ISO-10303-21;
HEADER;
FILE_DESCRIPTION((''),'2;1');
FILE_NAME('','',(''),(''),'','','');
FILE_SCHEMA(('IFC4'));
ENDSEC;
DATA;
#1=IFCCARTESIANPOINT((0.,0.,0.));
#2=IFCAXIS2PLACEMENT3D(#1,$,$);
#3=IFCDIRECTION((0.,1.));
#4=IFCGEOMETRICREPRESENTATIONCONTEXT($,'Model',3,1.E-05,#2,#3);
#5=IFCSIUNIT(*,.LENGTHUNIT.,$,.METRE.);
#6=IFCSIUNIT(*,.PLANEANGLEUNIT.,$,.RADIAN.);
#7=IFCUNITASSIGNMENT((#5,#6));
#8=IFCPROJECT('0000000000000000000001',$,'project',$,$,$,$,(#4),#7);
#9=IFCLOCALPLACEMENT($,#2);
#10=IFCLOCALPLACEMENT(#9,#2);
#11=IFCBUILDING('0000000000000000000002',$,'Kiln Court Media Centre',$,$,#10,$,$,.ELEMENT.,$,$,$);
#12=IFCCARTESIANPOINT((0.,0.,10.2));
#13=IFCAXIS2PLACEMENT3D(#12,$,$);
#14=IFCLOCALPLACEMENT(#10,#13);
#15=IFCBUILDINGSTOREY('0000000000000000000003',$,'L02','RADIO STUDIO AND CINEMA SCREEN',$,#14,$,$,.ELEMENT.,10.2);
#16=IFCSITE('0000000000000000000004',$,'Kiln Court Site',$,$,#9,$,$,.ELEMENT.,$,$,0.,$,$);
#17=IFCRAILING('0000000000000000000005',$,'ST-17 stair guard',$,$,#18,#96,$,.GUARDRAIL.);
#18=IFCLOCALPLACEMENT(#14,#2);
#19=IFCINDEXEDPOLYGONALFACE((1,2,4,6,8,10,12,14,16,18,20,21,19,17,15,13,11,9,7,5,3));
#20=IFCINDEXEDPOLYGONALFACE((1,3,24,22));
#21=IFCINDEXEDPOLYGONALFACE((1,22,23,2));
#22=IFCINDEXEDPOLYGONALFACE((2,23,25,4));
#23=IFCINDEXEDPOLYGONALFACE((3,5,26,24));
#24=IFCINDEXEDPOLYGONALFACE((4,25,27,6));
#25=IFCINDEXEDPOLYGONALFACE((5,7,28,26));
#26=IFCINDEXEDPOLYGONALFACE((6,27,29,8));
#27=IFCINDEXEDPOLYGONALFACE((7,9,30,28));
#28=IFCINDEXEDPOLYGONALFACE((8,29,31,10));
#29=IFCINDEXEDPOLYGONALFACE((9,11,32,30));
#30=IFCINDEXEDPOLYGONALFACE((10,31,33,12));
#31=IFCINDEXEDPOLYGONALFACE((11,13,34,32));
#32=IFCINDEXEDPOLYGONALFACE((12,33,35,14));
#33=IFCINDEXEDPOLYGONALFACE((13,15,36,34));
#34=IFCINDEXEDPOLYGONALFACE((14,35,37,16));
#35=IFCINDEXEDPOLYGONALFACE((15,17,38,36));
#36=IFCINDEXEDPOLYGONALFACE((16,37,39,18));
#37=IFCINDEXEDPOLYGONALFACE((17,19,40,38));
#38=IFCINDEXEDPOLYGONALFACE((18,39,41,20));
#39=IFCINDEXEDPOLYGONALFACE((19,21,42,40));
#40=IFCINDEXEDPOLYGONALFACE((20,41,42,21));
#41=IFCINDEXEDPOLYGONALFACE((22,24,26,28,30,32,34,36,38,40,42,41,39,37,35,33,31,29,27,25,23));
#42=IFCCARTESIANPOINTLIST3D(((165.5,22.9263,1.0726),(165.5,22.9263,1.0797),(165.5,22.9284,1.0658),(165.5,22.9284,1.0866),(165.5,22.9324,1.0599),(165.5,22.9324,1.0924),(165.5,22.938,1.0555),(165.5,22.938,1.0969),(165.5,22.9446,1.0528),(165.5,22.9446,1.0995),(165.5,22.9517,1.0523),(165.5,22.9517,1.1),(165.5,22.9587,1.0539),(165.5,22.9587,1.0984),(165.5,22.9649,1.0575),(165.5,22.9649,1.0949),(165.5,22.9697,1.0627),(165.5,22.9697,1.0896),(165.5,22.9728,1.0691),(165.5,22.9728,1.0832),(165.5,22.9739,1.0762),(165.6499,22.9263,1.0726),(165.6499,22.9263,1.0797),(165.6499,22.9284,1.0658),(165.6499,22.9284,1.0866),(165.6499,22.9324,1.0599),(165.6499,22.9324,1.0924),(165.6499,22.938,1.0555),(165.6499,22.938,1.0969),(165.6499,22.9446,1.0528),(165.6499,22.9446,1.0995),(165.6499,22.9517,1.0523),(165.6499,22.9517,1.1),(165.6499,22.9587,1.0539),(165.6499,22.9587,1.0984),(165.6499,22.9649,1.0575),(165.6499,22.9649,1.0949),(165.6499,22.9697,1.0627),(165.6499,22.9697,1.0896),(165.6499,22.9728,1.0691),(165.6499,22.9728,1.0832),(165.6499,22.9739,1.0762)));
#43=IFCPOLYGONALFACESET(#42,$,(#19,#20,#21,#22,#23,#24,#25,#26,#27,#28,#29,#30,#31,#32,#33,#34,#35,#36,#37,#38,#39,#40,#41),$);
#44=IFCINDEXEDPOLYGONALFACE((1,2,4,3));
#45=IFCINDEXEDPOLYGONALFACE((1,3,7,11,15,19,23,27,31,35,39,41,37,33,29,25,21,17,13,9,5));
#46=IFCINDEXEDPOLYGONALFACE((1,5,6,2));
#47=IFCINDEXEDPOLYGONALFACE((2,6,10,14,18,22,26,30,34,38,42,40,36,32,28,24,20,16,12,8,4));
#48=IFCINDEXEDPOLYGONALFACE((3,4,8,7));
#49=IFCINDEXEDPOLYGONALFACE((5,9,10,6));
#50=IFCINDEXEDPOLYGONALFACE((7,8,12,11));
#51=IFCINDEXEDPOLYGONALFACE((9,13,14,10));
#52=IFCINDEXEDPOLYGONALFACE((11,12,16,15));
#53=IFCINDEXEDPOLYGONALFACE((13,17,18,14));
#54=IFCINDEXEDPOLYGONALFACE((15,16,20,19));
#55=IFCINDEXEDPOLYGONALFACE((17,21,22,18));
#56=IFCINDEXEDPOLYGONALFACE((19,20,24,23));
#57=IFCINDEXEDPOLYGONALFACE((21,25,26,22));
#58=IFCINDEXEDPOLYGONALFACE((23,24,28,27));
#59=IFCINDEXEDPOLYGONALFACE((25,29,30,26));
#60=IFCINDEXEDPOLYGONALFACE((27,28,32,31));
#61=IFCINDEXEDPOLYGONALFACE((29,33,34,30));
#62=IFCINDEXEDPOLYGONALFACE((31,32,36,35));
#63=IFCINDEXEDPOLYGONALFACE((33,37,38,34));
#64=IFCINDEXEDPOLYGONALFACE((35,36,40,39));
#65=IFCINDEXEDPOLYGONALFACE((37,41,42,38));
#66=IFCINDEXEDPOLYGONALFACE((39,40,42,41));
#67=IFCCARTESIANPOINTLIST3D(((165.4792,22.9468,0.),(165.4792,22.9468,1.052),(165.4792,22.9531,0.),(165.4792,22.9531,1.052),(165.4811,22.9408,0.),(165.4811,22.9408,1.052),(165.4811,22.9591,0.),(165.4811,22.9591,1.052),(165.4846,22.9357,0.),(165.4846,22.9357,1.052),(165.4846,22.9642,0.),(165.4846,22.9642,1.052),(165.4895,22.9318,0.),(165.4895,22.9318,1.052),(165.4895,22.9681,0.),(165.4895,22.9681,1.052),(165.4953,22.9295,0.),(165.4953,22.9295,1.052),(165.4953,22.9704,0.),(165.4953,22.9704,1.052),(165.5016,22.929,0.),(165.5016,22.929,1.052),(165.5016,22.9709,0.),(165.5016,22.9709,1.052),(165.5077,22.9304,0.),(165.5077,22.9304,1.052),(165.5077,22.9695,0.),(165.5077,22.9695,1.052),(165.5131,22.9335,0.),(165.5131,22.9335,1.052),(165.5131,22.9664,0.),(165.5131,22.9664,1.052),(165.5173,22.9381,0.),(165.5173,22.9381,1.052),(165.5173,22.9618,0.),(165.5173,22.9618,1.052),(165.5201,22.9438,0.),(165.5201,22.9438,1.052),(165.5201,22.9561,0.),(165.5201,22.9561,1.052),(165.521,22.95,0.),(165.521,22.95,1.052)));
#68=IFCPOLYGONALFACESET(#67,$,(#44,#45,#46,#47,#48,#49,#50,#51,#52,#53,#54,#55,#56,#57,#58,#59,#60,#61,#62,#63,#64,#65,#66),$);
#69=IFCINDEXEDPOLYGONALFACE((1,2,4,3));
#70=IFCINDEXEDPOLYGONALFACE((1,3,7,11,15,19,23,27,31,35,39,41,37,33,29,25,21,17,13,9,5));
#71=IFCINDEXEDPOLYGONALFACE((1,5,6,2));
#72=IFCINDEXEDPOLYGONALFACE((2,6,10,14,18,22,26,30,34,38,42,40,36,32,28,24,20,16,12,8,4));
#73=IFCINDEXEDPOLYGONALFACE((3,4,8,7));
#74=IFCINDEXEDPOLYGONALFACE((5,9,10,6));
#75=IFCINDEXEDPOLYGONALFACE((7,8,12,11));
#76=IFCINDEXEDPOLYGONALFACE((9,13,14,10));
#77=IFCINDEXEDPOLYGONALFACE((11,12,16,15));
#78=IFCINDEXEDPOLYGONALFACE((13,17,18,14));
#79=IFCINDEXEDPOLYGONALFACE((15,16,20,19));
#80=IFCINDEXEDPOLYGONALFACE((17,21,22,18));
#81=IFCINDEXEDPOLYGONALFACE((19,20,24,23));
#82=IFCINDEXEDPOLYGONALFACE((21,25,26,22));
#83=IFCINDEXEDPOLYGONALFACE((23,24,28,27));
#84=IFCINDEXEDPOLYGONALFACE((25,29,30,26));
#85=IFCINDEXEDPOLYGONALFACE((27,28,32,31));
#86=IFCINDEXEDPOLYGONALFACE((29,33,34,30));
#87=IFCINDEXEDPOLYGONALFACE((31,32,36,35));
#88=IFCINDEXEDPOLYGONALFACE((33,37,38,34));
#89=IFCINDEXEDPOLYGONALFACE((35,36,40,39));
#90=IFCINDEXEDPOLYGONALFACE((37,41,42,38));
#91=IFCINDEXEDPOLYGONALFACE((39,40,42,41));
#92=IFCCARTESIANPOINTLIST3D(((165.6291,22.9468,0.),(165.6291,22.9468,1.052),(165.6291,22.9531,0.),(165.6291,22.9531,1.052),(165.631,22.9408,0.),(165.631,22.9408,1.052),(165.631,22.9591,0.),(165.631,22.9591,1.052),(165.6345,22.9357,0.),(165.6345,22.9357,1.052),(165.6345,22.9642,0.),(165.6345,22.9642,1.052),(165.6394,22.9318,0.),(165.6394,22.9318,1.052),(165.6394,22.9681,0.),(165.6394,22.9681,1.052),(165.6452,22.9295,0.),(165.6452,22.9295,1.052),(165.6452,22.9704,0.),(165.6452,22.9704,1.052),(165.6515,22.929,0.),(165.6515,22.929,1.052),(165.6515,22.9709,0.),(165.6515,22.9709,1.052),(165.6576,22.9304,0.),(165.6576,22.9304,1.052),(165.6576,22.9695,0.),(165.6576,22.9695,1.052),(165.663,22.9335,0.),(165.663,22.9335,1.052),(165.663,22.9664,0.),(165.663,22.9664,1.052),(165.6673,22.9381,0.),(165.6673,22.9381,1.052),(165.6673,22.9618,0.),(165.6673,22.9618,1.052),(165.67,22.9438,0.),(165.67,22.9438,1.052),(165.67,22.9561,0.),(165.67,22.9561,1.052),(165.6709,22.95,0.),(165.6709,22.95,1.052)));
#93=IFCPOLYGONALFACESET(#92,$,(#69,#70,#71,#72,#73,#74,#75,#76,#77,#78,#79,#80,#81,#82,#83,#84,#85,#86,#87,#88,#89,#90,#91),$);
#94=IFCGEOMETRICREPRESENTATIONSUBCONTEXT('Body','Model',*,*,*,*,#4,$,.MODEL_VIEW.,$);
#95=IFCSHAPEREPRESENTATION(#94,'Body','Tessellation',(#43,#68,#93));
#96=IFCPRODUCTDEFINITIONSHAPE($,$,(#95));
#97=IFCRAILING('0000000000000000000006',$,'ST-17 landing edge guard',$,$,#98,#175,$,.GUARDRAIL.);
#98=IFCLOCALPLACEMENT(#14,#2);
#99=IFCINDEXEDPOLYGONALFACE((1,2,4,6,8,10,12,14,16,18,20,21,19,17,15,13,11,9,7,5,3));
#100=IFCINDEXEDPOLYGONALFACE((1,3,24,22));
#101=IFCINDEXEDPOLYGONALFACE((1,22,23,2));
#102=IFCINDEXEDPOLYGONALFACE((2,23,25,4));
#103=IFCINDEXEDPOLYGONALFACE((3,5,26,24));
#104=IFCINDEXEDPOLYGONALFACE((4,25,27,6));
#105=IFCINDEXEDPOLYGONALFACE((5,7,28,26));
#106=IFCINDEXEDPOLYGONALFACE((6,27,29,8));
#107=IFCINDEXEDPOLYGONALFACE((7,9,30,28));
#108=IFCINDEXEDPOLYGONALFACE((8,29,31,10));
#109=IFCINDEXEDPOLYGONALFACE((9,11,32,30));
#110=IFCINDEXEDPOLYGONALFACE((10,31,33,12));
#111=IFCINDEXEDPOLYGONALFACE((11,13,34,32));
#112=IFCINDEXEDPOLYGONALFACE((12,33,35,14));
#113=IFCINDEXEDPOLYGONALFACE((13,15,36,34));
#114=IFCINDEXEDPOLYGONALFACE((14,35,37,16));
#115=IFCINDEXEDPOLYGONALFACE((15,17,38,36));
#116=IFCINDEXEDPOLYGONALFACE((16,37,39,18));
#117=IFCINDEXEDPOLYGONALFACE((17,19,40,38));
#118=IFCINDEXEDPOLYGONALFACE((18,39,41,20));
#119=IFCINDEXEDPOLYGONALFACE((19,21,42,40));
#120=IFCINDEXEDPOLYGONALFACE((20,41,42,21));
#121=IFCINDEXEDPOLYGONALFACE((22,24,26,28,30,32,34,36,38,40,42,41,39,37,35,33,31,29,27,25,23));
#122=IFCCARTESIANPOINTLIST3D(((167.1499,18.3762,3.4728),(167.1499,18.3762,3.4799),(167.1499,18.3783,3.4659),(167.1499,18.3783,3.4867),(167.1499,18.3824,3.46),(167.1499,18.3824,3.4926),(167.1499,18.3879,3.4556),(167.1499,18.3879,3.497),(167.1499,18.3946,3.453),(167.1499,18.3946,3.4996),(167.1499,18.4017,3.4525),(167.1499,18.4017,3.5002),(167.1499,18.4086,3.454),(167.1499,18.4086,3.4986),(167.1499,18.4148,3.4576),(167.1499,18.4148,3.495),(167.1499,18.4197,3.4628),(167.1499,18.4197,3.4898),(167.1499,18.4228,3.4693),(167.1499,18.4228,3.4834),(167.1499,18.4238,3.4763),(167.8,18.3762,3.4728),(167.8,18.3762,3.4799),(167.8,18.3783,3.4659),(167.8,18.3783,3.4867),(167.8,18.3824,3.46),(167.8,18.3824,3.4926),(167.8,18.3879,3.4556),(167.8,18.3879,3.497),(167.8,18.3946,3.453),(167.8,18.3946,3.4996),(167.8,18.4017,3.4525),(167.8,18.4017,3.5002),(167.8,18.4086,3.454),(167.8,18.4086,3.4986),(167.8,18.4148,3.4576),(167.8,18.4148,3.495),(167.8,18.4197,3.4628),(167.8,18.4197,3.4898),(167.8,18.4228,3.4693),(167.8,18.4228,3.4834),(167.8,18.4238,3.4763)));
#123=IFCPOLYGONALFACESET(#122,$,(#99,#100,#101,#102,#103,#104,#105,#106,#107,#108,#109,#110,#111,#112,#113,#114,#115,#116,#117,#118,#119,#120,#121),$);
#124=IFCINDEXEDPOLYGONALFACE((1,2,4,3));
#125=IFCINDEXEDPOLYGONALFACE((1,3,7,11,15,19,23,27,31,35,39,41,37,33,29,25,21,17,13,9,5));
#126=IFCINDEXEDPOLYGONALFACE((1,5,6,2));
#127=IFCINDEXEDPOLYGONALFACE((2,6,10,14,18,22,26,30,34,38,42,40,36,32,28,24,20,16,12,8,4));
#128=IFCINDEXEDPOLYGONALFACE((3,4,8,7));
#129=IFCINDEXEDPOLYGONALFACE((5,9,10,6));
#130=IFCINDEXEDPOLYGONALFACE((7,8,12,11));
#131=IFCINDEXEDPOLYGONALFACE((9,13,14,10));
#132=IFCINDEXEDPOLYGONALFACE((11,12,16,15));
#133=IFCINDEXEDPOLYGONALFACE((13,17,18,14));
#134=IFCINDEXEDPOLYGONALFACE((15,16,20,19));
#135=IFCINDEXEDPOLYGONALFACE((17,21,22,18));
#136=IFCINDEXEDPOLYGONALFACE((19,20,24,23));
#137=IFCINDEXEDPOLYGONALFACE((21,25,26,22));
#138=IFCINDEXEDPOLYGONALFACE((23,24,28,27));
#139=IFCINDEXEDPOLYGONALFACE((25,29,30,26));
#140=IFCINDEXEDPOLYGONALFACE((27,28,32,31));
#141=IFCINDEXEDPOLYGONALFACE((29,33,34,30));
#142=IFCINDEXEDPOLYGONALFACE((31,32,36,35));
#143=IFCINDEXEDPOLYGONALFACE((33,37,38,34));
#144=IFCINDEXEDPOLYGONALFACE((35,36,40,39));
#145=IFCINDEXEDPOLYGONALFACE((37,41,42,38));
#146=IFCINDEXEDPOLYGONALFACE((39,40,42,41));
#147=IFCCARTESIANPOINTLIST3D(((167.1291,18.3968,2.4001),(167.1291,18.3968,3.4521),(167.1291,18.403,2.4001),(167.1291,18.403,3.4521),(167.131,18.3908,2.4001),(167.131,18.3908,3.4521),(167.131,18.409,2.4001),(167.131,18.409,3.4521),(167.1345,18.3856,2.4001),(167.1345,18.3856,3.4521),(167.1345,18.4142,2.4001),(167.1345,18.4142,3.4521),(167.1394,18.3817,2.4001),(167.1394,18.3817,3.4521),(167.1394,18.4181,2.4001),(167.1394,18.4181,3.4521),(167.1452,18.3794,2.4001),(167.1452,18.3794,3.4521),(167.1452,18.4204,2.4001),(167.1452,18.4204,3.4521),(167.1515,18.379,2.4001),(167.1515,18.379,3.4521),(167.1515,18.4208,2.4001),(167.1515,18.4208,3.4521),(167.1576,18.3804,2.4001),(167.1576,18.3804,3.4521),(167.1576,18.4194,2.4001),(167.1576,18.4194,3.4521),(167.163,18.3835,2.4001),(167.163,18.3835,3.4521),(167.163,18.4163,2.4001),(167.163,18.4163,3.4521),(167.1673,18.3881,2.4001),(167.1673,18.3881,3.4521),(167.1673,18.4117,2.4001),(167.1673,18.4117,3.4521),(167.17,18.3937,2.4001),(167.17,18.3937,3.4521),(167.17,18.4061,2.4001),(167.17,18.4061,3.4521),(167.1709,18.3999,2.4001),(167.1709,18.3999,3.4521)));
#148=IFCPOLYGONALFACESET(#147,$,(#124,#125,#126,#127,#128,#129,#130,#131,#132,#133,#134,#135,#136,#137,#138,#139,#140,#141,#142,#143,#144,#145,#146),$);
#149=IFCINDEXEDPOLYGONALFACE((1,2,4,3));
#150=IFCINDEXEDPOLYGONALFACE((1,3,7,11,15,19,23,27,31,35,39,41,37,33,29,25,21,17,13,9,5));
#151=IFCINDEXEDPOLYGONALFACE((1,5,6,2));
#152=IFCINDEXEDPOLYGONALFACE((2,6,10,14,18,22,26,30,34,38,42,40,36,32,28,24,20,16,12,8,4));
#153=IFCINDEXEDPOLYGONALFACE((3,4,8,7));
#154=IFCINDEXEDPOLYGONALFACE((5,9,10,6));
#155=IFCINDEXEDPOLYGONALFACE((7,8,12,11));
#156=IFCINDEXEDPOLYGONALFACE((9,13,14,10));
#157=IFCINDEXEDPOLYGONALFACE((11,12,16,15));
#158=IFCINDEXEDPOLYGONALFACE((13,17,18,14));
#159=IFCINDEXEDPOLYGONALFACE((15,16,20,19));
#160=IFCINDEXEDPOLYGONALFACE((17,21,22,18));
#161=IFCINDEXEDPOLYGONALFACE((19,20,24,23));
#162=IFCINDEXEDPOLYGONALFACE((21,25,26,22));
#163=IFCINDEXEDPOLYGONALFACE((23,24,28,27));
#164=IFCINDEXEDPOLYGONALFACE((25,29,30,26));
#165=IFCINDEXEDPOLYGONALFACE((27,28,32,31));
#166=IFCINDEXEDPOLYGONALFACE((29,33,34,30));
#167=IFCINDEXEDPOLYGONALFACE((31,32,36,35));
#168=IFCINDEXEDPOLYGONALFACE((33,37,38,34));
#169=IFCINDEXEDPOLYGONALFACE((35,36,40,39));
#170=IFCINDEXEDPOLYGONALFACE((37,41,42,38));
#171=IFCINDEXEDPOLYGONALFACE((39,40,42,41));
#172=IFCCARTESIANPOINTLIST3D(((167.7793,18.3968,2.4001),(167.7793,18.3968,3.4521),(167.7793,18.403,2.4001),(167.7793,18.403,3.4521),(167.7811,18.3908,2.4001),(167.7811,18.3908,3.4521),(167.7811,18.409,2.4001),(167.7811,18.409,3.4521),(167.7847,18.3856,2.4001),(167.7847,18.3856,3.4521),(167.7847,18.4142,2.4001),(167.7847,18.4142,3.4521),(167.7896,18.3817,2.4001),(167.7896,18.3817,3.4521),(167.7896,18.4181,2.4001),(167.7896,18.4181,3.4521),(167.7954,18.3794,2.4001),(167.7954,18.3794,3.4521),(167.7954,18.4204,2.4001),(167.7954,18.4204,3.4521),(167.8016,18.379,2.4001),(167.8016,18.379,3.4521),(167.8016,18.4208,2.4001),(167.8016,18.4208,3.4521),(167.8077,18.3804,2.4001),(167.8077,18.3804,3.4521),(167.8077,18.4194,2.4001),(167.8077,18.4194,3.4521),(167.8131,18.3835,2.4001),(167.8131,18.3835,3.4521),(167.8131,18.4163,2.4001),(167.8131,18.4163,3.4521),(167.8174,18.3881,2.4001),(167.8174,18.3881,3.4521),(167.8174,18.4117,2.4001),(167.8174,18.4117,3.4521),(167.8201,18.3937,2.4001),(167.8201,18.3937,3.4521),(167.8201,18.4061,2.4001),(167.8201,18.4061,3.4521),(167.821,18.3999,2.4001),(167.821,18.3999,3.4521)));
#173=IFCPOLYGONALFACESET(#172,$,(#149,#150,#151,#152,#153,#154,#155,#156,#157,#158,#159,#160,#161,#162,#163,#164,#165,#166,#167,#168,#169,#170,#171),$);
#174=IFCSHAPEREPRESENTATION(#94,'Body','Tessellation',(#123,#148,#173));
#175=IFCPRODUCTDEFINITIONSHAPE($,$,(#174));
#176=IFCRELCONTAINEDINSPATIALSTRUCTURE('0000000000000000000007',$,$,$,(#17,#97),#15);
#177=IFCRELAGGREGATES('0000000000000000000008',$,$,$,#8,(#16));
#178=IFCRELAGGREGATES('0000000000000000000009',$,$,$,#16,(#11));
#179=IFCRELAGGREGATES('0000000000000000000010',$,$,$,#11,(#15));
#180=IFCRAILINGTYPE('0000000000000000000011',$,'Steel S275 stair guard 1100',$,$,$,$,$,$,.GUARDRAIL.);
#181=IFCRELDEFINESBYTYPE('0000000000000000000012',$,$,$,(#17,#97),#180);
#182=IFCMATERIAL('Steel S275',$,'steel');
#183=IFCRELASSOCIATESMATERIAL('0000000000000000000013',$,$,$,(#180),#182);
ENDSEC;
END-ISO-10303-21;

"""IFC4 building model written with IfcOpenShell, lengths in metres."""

from ifc_helpers import new_model, si_unit, direction, frame, origin, origin_2d, place, context, subcontext, project, spatial, circle, extrude, material, type_object, element, save


model = new_model("IFC4")

# Units and contexts
model_context = context("Model", 3, precision=1e-05, world=origin(), true_north=direction((0.0, 1.0)))
body_context = subcontext(model_context, "Body", "Model", "MODEL_VIEW")
ifc_project = project(units=[si_unit("LENGTHUNIT", "METRE"), si_unit("PLANEANGLEUNIT", "RADIAN")], contexts=[model_context])

# Site, building, storey
site_placement = place(None, origin())
site = spatial("IfcSite", under=ifc_project, at=site_placement, Name="Kiln Court Site", CompositionType="ELEMENT", RefElevation=0.0)
building_placement = place(site_placement, origin())
building = spatial("IfcBuilding", under=site, at=building_placement, Name="Kiln Court Media Centre", CompositionType="ELEMENT")
storey_placement = place(building_placement, frame((0.0, 0.0, 10.2)))
storey = spatial("IfcBuildingStorey", under=building, at=storey_placement, Name="L02", Description="RADIO STUDIO AND CINEMA SCREEN", CompositionType="ELEMENT", Elevation=10.2)

# Railings
ifc_material_1 = material(Name="Steel S275", Category="steel")
railing_type_1 = type_object("IfcRailingType", Name="Steel S275 stair guard 1100", PredefinedType="GUARDRAIL", material=ifc_material_1)
railing_1_placement = place(storey_placement, frame((165.5, 22.95, 0.0)))
element("IfcRailing", 1, at=railing_1_placement, inside=storey, type_object=railing_type_1, Name="ST-17 stair guard", PredefinedType="GUARDRAIL", context=body_context, shape_type="SweptSolid", body=[
    extrude(circle(Radius=0.0239, at=origin_2d()), frame((0.0, 0.0, 1.0762), z_axis=(1.0, 0.0, 0.0), x_axis=(0.0, 1.0, 0.0)), (0.0, 0.0, 1.0), 0.1499),
    extrude(circle(Radius=0.021, at=origin_2d()), origin(), (0.0, 0.0, 1.0), 1.052),
    extrude(circle(Radius=0.021, at=origin_2d()), frame((0.1499, 0.0, 0.0)), (0.0, 0.0, 1.0), 1.052),
])
for number, where, name in (
    (2, (167.1499, 18.3999, 2.4001), "ST-17 landing edge guard"),
):
    element("IfcRailing", number, at=place(storey_placement, frame(where)), inside=storey, type_object=railing_type_1, Name=name, PredefinedType="GUARDRAIL", context=body_context, shape_type="SweptSolid", body=[
        extrude(circle(Radius=0.0239, at=origin_2d()), frame((0.0, 0.0, 1.0762), z_axis=(1.0, 0.0, 0.0), x_axis=(0.0, 1.0, 0.0)), (0.0, 0.0, 1.0), 0.6501),
        extrude(circle(Radius=0.021, at=origin_2d()), origin(), (0.0, 0.0, 1.0), 1.052),
        extrude(circle(Radius=0.021, at=origin_2d()), frame((0.6501, 0.0, 0.0)), (0.0, 0.0, 1.0), 1.052),
    ])

save(model, "model.ifc")
